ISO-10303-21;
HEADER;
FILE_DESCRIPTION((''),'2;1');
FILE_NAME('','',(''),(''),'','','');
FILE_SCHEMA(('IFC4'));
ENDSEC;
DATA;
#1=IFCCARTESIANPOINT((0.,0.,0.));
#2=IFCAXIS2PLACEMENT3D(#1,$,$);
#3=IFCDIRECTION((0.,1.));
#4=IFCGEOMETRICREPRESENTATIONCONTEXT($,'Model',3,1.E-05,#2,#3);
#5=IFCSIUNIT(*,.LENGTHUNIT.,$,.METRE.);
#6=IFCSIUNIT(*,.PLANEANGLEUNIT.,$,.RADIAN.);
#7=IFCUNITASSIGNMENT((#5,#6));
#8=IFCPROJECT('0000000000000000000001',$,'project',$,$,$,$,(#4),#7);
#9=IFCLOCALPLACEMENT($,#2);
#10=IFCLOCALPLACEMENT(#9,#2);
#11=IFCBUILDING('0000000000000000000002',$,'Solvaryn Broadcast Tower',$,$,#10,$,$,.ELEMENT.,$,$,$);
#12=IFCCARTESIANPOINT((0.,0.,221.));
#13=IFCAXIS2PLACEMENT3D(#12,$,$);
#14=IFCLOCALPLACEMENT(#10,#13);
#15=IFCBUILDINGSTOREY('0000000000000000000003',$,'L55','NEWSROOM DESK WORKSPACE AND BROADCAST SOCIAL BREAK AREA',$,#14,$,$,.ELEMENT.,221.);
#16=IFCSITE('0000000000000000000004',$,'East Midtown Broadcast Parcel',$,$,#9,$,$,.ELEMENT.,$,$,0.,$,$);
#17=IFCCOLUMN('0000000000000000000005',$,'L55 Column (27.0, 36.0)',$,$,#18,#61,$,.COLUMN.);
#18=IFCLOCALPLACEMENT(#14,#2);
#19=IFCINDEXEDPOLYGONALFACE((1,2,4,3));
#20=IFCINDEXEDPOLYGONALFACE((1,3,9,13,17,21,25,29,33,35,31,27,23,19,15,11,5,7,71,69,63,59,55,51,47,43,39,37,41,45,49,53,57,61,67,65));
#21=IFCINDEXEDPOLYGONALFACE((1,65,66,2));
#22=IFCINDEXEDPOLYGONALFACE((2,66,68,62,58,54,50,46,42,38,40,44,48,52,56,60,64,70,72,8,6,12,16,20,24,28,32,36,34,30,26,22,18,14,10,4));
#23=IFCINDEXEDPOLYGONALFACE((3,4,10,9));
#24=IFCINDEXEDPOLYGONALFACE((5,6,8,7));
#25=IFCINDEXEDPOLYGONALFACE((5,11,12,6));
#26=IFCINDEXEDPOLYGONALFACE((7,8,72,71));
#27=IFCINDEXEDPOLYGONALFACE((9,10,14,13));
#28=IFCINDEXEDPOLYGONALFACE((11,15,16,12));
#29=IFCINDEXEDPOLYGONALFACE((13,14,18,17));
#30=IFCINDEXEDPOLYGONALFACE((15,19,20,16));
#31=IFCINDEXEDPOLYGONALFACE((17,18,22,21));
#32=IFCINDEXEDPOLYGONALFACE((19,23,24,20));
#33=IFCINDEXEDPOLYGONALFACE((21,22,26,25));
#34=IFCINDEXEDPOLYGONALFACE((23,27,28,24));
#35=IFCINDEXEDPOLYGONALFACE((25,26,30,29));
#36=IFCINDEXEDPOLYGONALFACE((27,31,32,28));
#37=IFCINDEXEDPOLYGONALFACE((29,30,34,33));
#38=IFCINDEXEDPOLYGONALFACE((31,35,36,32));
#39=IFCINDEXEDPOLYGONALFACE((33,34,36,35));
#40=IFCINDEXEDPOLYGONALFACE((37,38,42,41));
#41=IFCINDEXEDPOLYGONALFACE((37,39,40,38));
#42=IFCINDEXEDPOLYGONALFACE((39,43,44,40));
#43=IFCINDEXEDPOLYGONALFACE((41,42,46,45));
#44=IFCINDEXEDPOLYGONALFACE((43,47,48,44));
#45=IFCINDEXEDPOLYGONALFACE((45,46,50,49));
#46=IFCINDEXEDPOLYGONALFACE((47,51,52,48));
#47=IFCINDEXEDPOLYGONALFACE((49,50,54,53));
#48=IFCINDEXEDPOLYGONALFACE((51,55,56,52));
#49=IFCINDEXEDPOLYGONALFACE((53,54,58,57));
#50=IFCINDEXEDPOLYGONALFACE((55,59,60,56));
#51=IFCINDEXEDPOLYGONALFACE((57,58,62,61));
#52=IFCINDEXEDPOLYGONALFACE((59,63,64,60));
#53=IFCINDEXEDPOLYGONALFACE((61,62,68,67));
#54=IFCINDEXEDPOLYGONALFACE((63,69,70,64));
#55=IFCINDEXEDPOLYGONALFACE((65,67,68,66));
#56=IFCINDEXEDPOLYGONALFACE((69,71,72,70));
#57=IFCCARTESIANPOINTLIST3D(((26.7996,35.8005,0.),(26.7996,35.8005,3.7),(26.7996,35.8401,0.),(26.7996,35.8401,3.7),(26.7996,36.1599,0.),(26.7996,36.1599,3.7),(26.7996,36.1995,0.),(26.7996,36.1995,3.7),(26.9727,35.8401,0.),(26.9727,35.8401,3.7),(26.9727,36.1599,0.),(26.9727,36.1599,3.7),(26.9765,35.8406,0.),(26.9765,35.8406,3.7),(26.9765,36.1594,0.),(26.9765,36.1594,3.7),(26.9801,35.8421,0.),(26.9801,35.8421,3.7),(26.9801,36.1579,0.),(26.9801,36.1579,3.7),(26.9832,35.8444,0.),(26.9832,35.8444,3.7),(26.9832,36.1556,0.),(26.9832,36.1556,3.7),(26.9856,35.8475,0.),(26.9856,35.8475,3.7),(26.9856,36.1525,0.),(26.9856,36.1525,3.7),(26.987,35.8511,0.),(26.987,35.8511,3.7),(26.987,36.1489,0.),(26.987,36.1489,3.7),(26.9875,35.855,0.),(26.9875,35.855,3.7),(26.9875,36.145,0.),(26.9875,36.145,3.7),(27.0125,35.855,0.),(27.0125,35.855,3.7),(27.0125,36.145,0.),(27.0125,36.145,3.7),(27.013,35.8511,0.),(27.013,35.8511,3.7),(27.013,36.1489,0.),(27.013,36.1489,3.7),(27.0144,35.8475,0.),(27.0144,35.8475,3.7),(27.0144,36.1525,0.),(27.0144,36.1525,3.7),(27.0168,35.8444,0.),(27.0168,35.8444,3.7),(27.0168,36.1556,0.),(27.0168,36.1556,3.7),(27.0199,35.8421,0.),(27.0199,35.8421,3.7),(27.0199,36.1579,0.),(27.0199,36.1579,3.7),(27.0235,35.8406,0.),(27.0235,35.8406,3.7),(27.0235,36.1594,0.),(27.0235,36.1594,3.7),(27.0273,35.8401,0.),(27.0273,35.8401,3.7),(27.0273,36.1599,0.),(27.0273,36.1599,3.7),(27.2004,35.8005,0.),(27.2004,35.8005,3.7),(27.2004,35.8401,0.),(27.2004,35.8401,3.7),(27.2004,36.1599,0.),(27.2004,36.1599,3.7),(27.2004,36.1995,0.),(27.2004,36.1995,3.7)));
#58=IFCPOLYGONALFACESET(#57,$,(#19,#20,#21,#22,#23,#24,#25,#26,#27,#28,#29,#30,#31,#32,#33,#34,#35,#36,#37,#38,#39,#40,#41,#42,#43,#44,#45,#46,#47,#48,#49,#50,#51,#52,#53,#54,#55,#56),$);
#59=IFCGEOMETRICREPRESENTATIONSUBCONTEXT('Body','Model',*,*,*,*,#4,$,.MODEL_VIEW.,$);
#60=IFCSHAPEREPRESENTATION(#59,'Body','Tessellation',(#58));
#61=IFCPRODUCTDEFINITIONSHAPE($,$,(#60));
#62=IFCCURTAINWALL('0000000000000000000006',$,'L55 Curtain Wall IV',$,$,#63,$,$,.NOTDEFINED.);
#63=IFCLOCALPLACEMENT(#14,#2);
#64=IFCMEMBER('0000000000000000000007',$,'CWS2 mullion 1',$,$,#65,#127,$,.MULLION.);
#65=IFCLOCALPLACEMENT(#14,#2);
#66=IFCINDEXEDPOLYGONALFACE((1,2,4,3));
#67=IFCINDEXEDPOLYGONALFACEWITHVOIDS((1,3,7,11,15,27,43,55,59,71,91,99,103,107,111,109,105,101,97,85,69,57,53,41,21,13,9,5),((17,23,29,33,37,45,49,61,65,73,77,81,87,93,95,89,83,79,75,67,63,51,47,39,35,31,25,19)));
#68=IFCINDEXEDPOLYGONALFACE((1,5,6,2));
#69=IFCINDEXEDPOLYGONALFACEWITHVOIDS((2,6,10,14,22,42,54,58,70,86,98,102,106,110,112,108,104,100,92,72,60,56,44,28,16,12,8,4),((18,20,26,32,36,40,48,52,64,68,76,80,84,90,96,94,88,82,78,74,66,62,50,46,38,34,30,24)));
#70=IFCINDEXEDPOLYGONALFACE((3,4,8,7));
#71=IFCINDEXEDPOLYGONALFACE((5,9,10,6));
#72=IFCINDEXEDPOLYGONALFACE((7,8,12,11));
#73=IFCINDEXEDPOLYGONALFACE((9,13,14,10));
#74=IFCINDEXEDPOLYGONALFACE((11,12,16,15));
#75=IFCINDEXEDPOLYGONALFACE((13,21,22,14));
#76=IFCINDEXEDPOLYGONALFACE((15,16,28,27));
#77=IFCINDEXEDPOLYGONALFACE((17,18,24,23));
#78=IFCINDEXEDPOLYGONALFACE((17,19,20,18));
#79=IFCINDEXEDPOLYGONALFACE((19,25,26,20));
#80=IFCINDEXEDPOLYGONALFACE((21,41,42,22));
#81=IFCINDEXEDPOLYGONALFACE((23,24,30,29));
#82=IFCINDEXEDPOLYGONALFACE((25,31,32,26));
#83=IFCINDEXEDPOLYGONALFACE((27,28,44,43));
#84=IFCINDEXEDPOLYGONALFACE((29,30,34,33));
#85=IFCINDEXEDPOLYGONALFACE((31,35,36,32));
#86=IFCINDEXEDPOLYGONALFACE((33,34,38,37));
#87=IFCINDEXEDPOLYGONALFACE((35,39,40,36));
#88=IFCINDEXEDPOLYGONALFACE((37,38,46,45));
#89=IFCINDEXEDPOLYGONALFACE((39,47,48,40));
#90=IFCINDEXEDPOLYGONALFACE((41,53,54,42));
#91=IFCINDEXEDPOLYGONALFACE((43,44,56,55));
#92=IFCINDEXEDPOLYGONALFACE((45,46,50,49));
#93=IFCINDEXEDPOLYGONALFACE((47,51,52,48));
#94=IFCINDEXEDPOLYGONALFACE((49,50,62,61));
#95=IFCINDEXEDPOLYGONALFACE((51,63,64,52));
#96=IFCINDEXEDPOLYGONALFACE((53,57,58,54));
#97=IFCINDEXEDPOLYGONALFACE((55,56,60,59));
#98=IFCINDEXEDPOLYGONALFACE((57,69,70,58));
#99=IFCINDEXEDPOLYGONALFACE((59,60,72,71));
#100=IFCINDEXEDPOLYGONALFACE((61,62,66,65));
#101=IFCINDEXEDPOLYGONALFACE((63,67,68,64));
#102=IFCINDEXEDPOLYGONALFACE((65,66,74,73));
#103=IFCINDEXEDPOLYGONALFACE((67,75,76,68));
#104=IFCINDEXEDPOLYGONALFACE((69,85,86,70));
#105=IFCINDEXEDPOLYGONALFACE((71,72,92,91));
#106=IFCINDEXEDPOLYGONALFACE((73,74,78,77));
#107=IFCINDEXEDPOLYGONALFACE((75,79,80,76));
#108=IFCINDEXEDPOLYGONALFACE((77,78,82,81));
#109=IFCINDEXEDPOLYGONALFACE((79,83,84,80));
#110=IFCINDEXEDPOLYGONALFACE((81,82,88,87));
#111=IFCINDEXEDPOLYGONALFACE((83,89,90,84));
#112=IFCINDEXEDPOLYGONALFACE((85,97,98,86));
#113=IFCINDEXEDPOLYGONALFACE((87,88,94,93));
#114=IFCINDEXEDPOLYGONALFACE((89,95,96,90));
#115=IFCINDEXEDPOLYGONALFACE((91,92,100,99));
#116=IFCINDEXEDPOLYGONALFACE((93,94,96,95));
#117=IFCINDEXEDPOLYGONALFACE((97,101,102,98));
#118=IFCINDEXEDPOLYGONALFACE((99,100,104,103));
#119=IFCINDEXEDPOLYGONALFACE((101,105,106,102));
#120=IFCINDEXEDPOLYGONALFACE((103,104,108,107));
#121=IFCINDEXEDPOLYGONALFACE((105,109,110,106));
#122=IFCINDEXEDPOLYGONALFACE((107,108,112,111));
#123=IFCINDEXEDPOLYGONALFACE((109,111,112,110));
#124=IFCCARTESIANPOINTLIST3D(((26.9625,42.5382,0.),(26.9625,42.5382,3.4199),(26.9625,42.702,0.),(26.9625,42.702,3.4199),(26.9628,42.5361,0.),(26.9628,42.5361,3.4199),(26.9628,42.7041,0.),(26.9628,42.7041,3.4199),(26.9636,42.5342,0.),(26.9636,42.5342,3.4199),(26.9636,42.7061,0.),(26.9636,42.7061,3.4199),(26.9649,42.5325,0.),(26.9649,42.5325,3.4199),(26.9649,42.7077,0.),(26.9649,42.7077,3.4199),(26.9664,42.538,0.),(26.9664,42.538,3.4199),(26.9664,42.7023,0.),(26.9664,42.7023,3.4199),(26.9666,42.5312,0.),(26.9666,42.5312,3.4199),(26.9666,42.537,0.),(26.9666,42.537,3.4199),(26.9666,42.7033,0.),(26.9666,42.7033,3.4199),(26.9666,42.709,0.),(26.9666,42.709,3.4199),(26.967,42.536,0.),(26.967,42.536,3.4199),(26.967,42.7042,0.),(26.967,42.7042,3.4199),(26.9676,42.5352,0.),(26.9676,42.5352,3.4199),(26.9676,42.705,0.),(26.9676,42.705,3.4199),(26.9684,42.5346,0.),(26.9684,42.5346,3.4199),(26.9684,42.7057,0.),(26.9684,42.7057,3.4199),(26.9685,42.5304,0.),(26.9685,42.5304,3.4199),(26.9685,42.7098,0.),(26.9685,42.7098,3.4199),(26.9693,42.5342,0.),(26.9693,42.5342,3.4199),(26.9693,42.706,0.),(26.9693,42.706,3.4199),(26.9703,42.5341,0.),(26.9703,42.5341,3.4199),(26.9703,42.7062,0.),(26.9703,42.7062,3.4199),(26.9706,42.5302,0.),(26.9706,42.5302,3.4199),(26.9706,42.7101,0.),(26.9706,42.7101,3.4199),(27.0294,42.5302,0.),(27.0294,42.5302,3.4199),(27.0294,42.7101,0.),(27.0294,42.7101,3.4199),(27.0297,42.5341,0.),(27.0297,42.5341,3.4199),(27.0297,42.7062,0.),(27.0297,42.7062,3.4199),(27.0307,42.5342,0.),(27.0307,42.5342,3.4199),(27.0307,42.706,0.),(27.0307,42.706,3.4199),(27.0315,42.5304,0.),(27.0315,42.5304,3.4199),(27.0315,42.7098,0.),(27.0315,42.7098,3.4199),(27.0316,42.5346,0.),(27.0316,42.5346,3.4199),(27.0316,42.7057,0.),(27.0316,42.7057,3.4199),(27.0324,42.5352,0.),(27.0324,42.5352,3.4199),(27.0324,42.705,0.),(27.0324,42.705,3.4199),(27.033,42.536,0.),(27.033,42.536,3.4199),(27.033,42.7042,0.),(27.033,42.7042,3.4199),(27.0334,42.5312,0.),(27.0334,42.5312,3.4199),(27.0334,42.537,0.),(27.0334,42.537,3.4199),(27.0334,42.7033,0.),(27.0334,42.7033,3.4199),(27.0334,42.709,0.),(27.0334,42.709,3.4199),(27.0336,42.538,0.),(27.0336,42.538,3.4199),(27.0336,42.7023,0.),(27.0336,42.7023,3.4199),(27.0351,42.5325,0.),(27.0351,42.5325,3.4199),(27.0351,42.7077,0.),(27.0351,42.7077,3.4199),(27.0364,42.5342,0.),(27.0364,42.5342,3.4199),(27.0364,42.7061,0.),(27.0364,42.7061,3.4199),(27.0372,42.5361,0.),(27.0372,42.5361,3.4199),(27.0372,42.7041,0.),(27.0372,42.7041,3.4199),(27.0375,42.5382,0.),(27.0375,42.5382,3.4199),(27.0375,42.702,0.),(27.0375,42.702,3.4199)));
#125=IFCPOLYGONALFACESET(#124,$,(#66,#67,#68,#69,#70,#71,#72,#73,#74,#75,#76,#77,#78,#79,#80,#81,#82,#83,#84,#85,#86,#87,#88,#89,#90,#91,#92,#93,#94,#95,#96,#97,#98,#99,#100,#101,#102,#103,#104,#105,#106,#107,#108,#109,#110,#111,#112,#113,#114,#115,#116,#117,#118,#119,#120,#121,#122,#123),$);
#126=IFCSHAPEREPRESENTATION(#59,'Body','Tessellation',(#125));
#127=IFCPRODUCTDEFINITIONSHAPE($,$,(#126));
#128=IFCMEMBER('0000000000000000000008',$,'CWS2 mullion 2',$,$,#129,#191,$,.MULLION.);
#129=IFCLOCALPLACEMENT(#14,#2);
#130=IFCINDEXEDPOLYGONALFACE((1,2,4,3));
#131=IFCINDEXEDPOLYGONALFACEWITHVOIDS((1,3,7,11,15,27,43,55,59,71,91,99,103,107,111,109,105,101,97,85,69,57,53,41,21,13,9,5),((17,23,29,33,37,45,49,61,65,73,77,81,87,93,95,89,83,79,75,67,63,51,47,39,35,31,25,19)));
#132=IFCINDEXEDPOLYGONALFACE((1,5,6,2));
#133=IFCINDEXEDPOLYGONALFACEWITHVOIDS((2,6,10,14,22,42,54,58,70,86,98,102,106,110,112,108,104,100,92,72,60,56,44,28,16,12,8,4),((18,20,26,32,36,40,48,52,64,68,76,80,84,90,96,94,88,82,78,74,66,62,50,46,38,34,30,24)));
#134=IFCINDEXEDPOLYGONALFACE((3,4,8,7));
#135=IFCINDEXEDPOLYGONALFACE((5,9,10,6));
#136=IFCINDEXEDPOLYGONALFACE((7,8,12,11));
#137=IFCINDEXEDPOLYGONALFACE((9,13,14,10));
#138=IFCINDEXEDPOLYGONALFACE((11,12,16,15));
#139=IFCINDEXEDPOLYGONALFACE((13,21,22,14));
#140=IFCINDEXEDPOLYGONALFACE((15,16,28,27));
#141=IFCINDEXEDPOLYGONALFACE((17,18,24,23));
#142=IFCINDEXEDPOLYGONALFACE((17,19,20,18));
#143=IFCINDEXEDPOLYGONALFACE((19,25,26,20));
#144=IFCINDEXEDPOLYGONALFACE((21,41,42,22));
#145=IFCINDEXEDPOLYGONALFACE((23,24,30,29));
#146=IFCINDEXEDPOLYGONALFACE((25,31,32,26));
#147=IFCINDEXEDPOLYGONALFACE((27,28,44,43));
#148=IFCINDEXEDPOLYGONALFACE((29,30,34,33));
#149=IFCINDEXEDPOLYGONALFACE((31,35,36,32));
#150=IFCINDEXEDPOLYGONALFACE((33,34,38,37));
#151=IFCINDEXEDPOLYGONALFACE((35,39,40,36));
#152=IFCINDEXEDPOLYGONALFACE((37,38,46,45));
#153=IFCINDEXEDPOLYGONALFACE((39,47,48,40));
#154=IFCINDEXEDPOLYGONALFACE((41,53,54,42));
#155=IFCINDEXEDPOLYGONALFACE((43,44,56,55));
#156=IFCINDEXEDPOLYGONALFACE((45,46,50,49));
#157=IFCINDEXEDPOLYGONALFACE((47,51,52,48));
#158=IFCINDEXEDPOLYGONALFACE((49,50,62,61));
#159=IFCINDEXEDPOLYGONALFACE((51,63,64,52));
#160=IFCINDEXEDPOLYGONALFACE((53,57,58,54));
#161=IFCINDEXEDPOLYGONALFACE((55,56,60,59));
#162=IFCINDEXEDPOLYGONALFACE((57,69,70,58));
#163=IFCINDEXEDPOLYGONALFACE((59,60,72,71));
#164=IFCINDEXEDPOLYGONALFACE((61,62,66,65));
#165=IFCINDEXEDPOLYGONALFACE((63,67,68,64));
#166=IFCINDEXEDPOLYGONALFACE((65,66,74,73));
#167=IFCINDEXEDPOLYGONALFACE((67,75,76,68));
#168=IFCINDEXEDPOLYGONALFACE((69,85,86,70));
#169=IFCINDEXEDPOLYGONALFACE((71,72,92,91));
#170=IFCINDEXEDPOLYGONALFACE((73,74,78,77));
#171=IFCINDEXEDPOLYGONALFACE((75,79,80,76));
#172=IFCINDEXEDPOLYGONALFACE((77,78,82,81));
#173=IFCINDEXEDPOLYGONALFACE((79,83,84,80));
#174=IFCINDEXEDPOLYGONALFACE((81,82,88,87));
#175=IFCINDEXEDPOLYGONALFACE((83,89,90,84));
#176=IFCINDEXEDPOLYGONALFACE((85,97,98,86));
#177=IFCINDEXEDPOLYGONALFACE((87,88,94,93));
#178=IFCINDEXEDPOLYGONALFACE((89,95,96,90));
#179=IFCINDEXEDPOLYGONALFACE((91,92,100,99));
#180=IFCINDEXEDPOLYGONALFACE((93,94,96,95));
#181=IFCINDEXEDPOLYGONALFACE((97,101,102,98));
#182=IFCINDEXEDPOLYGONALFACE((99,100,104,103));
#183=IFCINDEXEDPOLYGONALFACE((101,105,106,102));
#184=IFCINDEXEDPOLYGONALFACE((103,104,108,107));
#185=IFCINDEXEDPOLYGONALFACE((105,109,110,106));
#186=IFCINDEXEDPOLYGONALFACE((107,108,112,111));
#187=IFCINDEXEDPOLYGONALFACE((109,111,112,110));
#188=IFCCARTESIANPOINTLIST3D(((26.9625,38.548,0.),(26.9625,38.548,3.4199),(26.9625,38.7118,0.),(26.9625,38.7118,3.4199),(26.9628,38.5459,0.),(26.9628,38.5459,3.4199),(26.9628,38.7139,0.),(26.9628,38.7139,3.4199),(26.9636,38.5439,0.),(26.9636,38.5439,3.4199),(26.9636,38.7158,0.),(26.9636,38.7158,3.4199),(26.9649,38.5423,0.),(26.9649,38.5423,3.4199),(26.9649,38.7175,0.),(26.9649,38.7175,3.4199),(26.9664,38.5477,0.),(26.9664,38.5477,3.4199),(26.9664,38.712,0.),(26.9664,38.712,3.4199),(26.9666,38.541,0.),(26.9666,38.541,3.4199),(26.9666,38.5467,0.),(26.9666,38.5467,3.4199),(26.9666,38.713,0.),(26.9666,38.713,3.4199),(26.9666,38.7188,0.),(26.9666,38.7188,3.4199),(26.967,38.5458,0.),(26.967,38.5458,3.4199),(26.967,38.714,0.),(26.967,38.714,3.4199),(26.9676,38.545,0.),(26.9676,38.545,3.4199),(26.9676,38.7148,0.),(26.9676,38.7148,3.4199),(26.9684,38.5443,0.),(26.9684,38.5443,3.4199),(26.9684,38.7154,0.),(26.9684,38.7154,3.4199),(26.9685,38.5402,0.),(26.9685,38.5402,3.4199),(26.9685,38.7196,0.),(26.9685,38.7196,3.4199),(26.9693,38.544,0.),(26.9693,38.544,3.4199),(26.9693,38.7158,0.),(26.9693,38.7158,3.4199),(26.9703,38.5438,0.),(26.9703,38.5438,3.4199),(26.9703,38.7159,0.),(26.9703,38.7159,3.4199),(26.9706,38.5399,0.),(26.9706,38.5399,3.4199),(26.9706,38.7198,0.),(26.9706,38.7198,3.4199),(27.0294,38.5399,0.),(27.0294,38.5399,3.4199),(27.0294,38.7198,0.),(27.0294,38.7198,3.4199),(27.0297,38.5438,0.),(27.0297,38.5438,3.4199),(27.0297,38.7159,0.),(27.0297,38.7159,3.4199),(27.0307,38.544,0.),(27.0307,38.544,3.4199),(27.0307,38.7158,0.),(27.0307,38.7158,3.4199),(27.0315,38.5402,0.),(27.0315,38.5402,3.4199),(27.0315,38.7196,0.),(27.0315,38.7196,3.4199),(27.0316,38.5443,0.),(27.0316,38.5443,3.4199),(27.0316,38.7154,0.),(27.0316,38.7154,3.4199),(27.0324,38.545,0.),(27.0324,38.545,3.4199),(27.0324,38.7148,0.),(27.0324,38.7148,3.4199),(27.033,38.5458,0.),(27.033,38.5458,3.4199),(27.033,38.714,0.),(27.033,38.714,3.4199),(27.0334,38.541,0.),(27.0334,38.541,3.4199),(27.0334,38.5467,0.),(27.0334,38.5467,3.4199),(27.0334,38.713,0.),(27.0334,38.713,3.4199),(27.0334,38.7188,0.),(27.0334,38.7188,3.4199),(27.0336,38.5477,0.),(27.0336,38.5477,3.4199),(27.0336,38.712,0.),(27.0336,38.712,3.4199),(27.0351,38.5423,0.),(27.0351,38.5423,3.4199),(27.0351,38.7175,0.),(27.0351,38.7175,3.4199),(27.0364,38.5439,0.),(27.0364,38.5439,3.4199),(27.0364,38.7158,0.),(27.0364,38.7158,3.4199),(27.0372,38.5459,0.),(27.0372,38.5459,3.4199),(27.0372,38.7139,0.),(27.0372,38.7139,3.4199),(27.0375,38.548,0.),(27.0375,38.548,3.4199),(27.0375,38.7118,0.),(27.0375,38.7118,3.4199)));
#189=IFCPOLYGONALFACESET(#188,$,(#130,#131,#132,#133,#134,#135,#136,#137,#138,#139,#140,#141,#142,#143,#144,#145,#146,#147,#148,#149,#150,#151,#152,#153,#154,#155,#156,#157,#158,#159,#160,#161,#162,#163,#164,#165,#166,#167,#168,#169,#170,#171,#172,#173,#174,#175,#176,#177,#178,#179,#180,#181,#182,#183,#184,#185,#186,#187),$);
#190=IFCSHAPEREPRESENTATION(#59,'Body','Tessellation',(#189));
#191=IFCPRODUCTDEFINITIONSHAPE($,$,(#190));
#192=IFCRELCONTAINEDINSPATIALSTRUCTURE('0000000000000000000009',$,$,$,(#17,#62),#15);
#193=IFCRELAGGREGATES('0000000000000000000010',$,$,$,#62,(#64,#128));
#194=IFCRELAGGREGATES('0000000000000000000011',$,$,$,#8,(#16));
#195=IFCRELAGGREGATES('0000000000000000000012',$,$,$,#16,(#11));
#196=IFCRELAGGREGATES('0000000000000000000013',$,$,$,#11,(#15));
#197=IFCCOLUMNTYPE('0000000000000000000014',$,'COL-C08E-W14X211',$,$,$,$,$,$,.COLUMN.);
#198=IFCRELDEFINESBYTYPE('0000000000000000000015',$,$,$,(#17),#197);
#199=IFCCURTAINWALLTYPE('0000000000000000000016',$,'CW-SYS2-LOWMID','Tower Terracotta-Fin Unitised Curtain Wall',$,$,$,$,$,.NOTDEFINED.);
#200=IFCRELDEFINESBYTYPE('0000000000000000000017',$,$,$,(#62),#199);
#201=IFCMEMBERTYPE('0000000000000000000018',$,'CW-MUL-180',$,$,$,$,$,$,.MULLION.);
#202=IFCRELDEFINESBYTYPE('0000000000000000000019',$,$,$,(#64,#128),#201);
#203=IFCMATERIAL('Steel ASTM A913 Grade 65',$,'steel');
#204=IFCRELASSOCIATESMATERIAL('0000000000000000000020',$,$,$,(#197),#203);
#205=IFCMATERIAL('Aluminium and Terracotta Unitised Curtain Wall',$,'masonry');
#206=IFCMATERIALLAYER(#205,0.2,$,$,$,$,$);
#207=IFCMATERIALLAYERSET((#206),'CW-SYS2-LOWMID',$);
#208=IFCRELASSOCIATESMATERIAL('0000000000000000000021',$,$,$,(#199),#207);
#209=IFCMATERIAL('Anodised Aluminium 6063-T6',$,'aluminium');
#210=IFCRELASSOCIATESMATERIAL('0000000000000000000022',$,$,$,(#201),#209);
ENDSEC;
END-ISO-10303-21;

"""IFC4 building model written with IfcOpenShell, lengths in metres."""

from ifc_helpers import new_model, si_unit, direction, frame, origin, origin_2d, place, context, subcontext, project, spatial, hollow_rectangle, i_section, extrude, material, layer, layer_set, material_profile, profile_set, type_object, element, aggregate, save


model = new_model("IFC4")

# Units and contexts
model_context = context("Model", 3, precision=1e-05, world=origin(), true_north=direction((0.0, 1.0)))
body_context = subcontext(model_context, "Body", "Model", "MODEL_VIEW")
ifc_project = project(units=[si_unit("LENGTHUNIT", "METRE"), si_unit("PLANEANGLEUNIT", "RADIAN")], contexts=[model_context])

# Site, building, storey
site_placement = place(None, origin())
site = spatial("IfcSite", under=ifc_project, at=site_placement, Name="East Midtown Broadcast Parcel", CompositionType="ELEMENT", RefElevation=0.0)
building_placement = place(site_placement, origin())
building = spatial("IfcBuilding", under=site, at=building_placement, Name="Solvaryn Broadcast Tower", CompositionType="ELEMENT")
storey_placement = place(building_placement, frame((0.0, 0.0, 221.0)))
storey = spatial("IfcBuildingStorey", under=building, at=storey_placement, Name="L55", Description="NEWSROOM DESK WORKSPACE AND BROADCAST SOCIAL BREAK AREA", CompositionType="ELEMENT", Elevation=221.0)

# Column
ifc_material_1 = material(Name="Steel ASTM A913 Grade 65", Category="steel")
ifc_material_profile_1 = material_profile(ifc_material_1, i_section(OverallWidth=0.4009, OverallDepth=0.3989, WebThickness=0.0249, FlangeThickness=0.0396, FilletRadius=0.0149, at=origin_2d()))
ifc_profile_set_1 = profile_set([ifc_material_profile_1], Name="Steel ASTM A913 Grade 65")
column_type = type_object("IfcColumnType", Name="COL-C08E-W14X211", PredefinedType="COLUMN", material=ifc_profile_set_1)
column_placement = place(storey_placement, frame((27.0, 36.0, 0.0), z_axis=(0.0, 0.0, 1.0), x_axis=(1.0, 0.0, 0.0)))
element("IfcColumn", 1, at=column_placement, inside=storey, type_object=column_type, Name="L55 Column (27.0, 36.0)", PredefinedType="COLUMN", context=body_context, shape_type="SweptSolid", body=[
    extrude(i_section(OverallWidth=0.4009, OverallDepth=0.3989, WebThickness=0.0249, FlangeThickness=0.0396, FilletRadius=0.0149, at=origin_2d()), origin(), (0.0, 0.0, 1.0), 3.7),
])

# Curtain wall, members
ifc_material_2 = material(Name="Aluminium and Terracotta Unitised Curtain Wall", Category="masonry")
ifc_layer_1 = layer(ifc_material_2, 0.2)
ifc_layer_set_1 = layer_set([ifc_layer_1], Name="CW-SYS2-LOWMID")
curtain_wall_type = type_object("IfcCurtainWallType", Name="CW-SYS2-LOWMID", Description="Tower Terracotta-Fin Unitised Curtain Wall", PredefinedType="NOTDEFINED", material=ifc_layer_set_1)
curtain_wall_1_placement = place(storey_placement, origin())
curtain_wall_1 = element("IfcCurtainWall", 2, at=curtain_wall_1_placement, inside=storey, type_object=curtain_wall_type, Name="L55 Curtain Wall IV", PredefinedType="NOTDEFINED")
ifc_material_3 = material(Name="Anodised Aluminium 6063-T6", Category="aluminium")
ifc_material_profile_2 = material_profile(ifc_material_3, hollow_rectangle(XDim=0.075, YDim=0.1799, WallThickness=0.0039, InnerFilletRadius=0.0039, OuterFilletRadius=0.0081, at=origin_2d()))
ifc_profile_set_2 = profile_set([ifc_material_profile_2], Name="Anodised Aluminium 6063-T6")
member_type_1 = type_object("IfcMemberType", Name="CW-MUL-180", PredefinedType="MULLION", material=ifc_profile_set_2)
member_1_placement = place(storey_placement, frame((27.0, 42.6201, 0.0), z_axis=(0.0, 0.0, 1.0), x_axis=(1.0, 0.0, 0.0)))
member_1 = element("IfcMember", 3, at=member_1_placement, type_object=member_type_1, Name="CWS2 mullion 1", PredefinedType="MULLION", context=body_context, shape_type="SweptSolid", body=[
    extrude(hollow_rectangle(XDim=0.075, YDim=0.1799, WallThickness=0.0039, InnerFilletRadius=0.0039, OuterFilletRadius=0.0081, at=origin_2d()), origin(), (0.0, 0.0, 1.0), 3.4199),
])
member_2_placement = place(storey_placement, frame((27.0, 38.6299, 0.0), z_axis=(0.0, 0.0, 1.0), x_axis=(1.0, 0.0, 0.0)))
member_2 = element("IfcMember", 4, at=member_2_placement, type_object=member_type_1, Name="CWS2 mullion 2", PredefinedType="MULLION", context=body_context, shape_type="SweptSolid", body=[
    extrude(hollow_rectangle(XDim=0.075, YDim=0.1799, WallThickness=0.0039, InnerFilletRadius=0.0039, OuterFilletRadius=0.0081, at=origin_2d()), origin(), (0.0, 0.0, 1.0), 3.4199),
])

aggregate(curtain_wall_1, [member_1, member_2])

save(model, "model.ifc")
